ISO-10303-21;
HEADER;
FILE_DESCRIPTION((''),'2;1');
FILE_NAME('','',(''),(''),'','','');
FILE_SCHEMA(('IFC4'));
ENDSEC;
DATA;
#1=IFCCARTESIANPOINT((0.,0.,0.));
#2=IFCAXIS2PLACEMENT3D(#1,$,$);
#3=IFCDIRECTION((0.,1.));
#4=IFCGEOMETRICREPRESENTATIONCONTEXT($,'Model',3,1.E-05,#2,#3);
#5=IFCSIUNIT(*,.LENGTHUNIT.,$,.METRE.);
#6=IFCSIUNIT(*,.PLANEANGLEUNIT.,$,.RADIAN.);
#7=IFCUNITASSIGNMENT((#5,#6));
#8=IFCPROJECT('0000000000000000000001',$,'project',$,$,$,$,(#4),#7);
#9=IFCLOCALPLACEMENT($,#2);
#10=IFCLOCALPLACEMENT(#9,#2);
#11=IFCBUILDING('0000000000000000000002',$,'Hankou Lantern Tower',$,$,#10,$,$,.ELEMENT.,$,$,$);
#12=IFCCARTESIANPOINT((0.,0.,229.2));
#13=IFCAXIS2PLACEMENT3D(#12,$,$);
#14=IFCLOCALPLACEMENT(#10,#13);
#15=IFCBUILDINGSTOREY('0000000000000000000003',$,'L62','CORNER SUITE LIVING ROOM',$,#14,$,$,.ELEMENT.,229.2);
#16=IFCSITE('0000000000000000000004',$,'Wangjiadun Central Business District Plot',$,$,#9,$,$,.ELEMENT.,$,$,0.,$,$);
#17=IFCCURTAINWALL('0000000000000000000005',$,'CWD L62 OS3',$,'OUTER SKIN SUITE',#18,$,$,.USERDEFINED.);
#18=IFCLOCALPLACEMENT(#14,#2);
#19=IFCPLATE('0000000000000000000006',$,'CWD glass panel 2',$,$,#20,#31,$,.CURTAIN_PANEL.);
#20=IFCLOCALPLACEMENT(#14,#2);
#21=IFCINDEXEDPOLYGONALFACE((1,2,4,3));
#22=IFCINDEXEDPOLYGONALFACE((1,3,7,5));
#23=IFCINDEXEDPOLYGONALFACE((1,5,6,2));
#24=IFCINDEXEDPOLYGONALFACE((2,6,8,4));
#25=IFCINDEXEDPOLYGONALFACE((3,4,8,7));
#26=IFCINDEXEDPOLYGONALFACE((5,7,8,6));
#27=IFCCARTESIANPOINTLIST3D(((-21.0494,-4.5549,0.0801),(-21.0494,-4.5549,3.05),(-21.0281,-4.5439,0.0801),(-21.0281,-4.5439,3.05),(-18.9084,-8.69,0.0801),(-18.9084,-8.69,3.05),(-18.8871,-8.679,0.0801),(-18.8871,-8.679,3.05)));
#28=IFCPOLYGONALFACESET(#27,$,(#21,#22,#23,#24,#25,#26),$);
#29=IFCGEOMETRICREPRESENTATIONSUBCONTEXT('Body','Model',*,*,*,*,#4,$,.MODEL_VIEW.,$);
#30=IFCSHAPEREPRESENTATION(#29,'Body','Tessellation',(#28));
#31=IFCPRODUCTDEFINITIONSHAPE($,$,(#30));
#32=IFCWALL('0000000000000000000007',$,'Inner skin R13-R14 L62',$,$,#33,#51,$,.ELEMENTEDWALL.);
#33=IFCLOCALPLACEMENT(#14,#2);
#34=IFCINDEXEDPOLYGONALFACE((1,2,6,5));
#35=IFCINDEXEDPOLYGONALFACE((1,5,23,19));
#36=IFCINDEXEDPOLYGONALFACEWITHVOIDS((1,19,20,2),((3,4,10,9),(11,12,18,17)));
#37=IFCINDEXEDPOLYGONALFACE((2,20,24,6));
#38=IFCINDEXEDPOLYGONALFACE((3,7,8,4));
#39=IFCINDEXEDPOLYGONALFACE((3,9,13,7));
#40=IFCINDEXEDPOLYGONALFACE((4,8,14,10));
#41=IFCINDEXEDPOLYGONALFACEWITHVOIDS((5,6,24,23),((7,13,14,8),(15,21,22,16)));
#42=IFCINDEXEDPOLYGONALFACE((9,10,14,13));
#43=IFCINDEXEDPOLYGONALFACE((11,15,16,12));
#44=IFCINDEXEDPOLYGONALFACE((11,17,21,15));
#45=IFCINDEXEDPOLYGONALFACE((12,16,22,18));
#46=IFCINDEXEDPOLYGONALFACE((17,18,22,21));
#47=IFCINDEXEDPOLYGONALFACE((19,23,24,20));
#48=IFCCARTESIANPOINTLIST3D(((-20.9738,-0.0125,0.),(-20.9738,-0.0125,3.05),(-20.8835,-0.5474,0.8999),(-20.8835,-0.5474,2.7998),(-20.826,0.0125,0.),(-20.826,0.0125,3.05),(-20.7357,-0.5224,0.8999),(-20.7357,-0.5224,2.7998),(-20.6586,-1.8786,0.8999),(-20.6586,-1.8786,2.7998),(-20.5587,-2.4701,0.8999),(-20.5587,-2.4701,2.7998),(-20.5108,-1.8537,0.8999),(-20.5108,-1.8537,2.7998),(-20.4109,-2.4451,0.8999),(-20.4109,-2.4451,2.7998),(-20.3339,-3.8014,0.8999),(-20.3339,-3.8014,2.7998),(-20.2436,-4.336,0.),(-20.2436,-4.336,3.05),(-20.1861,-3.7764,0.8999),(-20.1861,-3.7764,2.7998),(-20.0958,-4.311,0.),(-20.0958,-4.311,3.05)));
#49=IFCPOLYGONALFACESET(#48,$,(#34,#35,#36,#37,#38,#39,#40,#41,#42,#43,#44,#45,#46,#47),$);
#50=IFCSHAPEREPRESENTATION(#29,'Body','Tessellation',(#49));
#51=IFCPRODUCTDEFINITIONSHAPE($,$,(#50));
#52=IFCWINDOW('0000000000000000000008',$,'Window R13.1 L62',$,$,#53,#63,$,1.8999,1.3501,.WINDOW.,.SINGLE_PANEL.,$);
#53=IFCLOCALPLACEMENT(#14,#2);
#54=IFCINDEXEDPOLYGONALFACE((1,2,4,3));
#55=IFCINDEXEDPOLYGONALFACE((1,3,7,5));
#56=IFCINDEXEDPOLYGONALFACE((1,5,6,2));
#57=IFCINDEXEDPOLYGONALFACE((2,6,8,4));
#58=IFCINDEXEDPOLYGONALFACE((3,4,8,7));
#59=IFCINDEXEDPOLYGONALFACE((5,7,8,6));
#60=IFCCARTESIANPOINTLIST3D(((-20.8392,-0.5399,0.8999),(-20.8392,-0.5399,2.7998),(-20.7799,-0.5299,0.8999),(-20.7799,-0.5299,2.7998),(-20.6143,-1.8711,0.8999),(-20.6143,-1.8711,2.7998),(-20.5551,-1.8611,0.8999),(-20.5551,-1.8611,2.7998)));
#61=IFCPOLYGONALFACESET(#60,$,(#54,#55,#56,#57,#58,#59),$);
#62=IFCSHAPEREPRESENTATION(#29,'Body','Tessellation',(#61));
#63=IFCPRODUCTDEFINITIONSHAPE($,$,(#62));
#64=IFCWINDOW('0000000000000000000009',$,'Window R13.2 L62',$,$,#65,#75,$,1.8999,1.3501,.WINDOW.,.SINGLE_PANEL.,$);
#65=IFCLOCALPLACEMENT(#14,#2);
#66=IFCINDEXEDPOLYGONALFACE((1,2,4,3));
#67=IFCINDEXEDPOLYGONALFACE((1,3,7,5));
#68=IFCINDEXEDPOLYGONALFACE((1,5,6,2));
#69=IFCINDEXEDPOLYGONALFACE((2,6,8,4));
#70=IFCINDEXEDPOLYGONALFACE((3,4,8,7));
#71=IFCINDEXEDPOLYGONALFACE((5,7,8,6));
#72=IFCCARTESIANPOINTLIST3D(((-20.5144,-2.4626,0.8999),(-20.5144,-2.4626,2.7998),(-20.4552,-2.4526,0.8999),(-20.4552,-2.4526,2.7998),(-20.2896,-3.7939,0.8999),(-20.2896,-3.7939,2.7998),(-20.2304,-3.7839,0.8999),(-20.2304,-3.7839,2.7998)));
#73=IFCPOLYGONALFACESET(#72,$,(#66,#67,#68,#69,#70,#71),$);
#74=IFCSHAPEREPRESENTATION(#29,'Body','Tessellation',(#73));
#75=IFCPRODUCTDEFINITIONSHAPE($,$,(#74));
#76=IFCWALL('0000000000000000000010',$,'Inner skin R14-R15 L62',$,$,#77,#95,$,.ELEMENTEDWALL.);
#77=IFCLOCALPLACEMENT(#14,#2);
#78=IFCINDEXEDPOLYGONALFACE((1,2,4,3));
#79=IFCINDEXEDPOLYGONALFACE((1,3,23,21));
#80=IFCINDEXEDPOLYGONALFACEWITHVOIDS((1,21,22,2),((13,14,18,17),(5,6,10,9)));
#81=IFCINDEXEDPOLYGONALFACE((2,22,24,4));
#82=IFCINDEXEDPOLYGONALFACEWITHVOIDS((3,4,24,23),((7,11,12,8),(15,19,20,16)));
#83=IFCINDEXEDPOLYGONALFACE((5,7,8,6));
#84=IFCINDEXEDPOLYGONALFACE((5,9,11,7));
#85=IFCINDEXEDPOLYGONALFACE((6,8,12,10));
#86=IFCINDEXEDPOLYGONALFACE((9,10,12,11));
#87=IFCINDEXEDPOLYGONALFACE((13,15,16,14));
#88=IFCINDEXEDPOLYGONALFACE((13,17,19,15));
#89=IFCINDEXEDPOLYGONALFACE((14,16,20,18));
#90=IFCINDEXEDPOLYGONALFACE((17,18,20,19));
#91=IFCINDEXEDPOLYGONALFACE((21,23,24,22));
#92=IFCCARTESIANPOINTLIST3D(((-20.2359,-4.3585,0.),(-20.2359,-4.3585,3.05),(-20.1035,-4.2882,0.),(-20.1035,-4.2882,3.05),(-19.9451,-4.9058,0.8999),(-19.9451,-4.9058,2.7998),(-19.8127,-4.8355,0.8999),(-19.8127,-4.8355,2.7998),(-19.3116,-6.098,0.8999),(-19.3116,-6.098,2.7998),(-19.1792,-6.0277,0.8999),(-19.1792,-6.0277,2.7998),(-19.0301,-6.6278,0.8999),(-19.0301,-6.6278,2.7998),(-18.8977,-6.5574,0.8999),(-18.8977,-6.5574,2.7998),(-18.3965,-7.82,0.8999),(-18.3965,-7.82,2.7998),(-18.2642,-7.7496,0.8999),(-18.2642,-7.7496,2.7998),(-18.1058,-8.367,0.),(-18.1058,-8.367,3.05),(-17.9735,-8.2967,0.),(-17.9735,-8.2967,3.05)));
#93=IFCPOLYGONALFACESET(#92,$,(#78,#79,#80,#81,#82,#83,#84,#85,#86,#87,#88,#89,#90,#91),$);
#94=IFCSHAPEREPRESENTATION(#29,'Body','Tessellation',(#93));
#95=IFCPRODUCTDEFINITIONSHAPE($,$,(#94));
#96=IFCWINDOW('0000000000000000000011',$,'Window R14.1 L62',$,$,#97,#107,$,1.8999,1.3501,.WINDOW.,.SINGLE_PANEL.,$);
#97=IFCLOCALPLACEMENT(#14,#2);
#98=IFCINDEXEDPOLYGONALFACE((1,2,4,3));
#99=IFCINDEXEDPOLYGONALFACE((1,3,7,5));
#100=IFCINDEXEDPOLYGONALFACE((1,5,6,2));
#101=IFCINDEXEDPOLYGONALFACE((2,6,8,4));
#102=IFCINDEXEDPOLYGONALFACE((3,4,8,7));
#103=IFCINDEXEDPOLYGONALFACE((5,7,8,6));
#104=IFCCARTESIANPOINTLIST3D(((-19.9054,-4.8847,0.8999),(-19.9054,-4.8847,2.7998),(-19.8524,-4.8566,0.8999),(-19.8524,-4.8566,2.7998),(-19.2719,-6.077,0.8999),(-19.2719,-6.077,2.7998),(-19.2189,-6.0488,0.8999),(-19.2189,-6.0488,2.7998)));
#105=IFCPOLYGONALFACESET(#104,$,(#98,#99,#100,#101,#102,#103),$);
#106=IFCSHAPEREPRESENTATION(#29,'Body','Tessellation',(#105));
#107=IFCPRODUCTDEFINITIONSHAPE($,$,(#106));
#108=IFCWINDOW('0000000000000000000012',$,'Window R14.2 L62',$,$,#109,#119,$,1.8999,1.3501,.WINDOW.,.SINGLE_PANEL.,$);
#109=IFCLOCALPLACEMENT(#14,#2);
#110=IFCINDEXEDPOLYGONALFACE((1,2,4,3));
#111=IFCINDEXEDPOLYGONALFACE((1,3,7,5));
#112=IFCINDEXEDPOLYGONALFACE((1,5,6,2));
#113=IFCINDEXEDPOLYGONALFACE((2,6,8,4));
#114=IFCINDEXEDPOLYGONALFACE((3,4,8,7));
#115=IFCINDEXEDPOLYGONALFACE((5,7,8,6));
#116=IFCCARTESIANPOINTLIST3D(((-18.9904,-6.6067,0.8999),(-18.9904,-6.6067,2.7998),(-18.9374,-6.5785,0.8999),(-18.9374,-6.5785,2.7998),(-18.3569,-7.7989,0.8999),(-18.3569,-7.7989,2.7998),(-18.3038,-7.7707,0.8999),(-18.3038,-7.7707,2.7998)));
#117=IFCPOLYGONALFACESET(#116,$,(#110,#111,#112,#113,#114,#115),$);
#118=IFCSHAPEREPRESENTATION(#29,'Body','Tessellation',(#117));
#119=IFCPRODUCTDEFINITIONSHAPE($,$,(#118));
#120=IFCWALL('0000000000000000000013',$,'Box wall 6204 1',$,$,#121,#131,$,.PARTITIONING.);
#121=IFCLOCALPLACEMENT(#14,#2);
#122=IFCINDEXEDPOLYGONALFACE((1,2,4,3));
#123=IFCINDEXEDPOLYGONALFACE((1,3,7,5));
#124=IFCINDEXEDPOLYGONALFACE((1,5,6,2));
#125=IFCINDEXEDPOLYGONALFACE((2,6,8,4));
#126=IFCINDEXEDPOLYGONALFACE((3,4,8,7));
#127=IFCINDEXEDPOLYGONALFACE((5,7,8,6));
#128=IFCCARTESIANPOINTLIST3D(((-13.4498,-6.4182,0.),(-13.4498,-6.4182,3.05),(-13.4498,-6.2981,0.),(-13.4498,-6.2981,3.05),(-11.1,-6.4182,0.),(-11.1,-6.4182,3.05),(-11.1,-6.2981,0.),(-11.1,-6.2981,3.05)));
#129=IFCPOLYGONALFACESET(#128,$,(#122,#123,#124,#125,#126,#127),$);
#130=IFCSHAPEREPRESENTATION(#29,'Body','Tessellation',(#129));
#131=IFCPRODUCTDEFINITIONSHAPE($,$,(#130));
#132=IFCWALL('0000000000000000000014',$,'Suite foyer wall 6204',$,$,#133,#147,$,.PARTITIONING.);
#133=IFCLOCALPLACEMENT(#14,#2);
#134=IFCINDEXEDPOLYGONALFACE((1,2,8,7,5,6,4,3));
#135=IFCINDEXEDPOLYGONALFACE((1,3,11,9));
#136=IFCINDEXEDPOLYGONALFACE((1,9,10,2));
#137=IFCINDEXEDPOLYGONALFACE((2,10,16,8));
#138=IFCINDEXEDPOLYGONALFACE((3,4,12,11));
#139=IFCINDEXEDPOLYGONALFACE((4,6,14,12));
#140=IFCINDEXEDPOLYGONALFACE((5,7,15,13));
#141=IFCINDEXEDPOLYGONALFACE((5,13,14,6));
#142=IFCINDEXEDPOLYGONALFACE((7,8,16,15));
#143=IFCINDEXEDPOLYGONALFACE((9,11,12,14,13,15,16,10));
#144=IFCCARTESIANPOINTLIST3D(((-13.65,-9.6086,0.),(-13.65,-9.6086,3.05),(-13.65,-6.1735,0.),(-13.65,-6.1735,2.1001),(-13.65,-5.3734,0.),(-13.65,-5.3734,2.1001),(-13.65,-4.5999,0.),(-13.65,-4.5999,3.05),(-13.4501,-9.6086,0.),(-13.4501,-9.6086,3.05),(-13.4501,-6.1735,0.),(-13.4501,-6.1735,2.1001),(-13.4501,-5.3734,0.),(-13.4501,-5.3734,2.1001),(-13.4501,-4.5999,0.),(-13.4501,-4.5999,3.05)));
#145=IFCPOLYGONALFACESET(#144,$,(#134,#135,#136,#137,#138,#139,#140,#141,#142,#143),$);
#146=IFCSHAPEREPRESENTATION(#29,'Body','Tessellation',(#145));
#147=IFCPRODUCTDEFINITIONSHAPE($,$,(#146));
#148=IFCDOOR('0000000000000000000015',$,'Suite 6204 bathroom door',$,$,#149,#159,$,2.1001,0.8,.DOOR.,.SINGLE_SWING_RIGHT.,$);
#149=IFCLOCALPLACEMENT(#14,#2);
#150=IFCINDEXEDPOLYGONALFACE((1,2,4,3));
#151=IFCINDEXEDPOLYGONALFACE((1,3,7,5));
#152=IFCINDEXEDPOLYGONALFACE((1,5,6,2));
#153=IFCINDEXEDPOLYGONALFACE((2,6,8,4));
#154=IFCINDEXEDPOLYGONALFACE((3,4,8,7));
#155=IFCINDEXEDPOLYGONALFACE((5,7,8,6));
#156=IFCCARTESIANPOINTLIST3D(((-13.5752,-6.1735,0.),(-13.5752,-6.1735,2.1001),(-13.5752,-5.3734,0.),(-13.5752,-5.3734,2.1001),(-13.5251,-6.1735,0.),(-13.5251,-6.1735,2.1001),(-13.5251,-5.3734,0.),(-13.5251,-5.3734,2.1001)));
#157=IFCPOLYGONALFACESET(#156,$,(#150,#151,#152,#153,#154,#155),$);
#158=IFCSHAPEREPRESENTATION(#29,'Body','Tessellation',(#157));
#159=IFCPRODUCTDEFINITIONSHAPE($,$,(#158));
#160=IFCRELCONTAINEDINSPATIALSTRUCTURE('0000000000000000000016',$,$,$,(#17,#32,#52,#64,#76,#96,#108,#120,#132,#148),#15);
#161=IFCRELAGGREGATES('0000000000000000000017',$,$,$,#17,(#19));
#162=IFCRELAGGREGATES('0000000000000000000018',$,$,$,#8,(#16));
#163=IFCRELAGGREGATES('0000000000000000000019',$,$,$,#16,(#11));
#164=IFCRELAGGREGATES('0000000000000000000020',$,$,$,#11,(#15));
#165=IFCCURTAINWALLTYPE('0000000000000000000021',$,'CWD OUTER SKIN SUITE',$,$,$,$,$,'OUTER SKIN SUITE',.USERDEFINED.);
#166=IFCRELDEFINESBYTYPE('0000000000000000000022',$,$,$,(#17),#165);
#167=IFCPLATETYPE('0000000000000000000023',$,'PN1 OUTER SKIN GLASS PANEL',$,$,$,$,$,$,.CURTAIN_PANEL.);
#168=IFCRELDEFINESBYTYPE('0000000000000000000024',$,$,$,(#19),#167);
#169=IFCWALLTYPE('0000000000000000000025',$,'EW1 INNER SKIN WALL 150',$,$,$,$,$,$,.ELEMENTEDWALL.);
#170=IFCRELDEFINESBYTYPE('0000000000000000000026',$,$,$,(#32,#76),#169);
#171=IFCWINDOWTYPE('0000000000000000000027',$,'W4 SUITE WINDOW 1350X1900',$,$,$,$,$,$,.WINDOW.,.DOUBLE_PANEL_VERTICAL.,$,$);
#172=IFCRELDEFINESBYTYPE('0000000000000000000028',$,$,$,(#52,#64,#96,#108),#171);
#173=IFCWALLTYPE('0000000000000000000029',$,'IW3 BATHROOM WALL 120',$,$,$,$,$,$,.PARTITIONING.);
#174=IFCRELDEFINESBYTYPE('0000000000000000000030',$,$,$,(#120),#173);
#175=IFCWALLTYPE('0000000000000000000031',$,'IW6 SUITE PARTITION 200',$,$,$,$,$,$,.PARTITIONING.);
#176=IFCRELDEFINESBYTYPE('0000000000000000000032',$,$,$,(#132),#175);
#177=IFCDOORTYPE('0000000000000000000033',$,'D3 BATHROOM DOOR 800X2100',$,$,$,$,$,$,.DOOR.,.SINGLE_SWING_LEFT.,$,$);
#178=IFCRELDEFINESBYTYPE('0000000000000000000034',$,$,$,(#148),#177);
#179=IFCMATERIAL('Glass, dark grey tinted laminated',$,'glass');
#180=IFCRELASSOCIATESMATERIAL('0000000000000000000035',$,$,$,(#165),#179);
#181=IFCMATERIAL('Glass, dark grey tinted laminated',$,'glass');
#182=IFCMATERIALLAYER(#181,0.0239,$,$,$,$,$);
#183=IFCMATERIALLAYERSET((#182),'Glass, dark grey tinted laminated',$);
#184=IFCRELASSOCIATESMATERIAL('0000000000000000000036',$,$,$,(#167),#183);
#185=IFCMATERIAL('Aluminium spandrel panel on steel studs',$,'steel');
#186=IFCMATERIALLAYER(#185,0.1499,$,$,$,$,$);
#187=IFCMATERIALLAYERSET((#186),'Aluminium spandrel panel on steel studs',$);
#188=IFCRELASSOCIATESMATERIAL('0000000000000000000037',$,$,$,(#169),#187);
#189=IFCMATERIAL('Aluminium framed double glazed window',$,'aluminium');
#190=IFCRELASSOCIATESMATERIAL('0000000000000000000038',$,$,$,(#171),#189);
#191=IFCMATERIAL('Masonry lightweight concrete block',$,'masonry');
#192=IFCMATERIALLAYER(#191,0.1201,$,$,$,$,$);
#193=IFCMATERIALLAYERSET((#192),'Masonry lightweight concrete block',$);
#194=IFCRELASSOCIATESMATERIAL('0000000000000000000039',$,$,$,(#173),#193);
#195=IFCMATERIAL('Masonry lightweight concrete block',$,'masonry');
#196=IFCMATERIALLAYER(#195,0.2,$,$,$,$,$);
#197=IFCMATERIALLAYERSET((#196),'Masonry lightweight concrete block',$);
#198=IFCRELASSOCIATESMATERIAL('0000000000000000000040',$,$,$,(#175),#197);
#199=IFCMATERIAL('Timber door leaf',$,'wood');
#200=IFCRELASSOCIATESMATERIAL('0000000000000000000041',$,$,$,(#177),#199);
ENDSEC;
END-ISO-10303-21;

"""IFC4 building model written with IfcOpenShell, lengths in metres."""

from ifc_helpers import new_model, si_unit, direction, frame, frame_2d, origin, origin_2d, place, context, subcontext, project, spatial, rectangle, extrude, material, layer, layer_set, type_object, element, fill, aggregate, save


model = new_model("IFC4")

# Units and contexts
model_context = context("Model", 3, precision=1e-05, world=origin(), true_north=direction((0.0, 1.0)))
body_context = subcontext(model_context, "Body", "Model", "MODEL_VIEW")
ifc_project = project(units=[si_unit("LENGTHUNIT", "METRE"), si_unit("PLANEANGLEUNIT", "RADIAN")], contexts=[model_context])

# Site, building, storey
site_placement = place(None, origin())
site = spatial("IfcSite", under=ifc_project, at=site_placement, Name="Wangjiadun Central Business District Plot", CompositionType="ELEMENT", RefElevation=0.0)
building_placement = place(site_placement, origin())
building = spatial("IfcBuilding", under=site, at=building_placement, Name="Hankou Lantern Tower", CompositionType="ELEMENT")
storey_placement = place(building_placement, frame((0.0, 0.0, 229.2)))
storey = spatial("IfcBuildingStorey", under=building, at=storey_placement, Name="L62", Description="CORNER SUITE LIVING ROOM", CompositionType="ELEMENT", Elevation=229.2)

# Curtain wall
ifc_material_1 = material(Name="Glass, dark grey tinted laminated", Category="glass")
curtain_wall_type = type_object("IfcCurtainWallType", Name="CWD OUTER SKIN SUITE", ElementType="OUTER SKIN SUITE", PredefinedType="USERDEFINED", material=ifc_material_1)
curtain_wall_placement = place(storey_placement, origin())
curtain_wall = element("IfcCurtainWall", 1, at=curtain_wall_placement, inside=storey, type_object=curtain_wall_type, Name="CWD L62 OS3", ObjectType="OUTER SKIN SUITE", PredefinedType="USERDEFINED")

# Plate
ifc_material_2 = material(Name="Glass, dark grey tinted laminated", Category="glass")
ifc_layer_1 = layer(ifc_material_2, 0.0239)
ifc_layer_set_1 = layer_set([ifc_layer_1], Name="Glass, dark grey tinted laminated")
plate_type = type_object("IfcPlateType", Name="PN1 OUTER SKIN GLASS PANEL", PredefinedType="CURTAIN_PANEL", material=ifc_layer_set_1)
plate_1_placement = place(storey_placement, frame((-19.9683, -6.6169, 0.0801), z_axis=(0.0, 0.0, 1.0), x_axis=(0.459791, -0.888027, 0.0)))
plate_1 = element("IfcPlate", 2, at=plate_1_placement, type_object=plate_type, Name="CWD glass panel 2", PredefinedType="CURTAIN_PANEL", context=body_context, shape_type="SweptSolid", body=[
    extrude(rectangle(XDim=4.6565, YDim=0.0239, at=origin_2d()), origin(), (0.0, 0.0, 1.0), 2.97),
])
aggregate(curtain_wall, [plate_1])

# Walls, openings, windows
ifc_material_3 = material(Name="Aluminium spandrel panel on steel studs", Category="steel")
ifc_layer_2 = layer(ifc_material_3, 0.1499)
ifc_layer_set_2 = layer_set([ifc_layer_2], Name="Aluminium spandrel panel on steel studs")
wall_type_1 = type_object("IfcWallType", Name="EW1 INNER SKIN WALL 150", PredefinedType="ELEMENTEDWALL", material=ifc_layer_set_2)
wall_1_placement = place(storey_placement, frame((-20.8999, 0.0, 0.0), z_axis=(0.0, 0.0, 1.0), x_axis=(0.166539, -0.986035, 0.0)))
wall_1 = element("IfcWall", 3, at=wall_1_placement, inside=storey, type_object=wall_type_1, Name="Inner skin R13-R14 L62", PredefinedType="ELEMENTEDWALL", context=body_context, shape_type="SweptSolid", body=[
    extrude(rectangle(XDim=4.3848, YDim=0.1499, at=frame_2d((2.1924, 0.0))), origin(), (0.0, 0.0, 1.0), 3.05),
])
opening_1_placement = place(wall_1_placement, frame((0.5425, 0.0, 0.8999)))
opening_1 = element("IfcOpeningElement", 4, at=opening_1_placement, cuts=wall_1, PredefinedType="OPENING", context=body_context, shape_type="SweptSolid", body=[
    extrude(rectangle(XDim=1.3501, YDim=1.8999, at=frame_2d((0.675, 0.95))), frame((0.0, 0.085, 0.0), z_axis=(0.0, -1.0, 0.0), x_axis=(1.0, 0.0, 0.0)), (0.0, 0.0, 1.0), 0.1699),
])
opening_2_placement = place(wall_1_placement, frame((2.4924, 0.0, 0.8999)))
opening_2 = element("IfcOpeningElement", 5, at=opening_2_placement, cuts=wall_1, PredefinedType="OPENING", context=body_context, shape_type="SweptSolid", body=[
    extrude(rectangle(XDim=1.3501, YDim=1.8999, at=frame_2d((0.675, 0.95))), frame((0.0, 0.085, 0.0), z_axis=(0.0, -1.0, 0.0), x_axis=(1.0, 0.0, 0.0)), (0.0, 0.0, 1.0), 0.1699),
])
ifc_material_4 = material(Name="Aluminium framed double glazed window", Category="aluminium")
window_type = type_object("IfcWindowType", Name="W4 SUITE WINDOW 1350X1900", PartitioningType="DOUBLE_PANEL_VERTICAL", PredefinedType="WINDOW", material=ifc_material_4)
window_1_placement = place(opening_1_placement, origin())
window_1 = element("IfcWindow", 6, at=window_1_placement, inside=storey, type_object=window_type, Name="Window R13.1 L62", OverallHeight=1.8999, OverallWidth=1.3501, PartitioningType="SINGLE_PANEL", PredefinedType="WINDOW", context=body_context, shape_type="SweptSolid", body=[
    extrude(rectangle(XDim=1.3501, YDim=1.8999, at=frame_2d((0.675, 0.95))), frame((0.0, 0.03, 0.0), z_axis=(0.0, -1.0, 0.0), x_axis=(1.0, 0.0, 0.0)), (0.0, 0.0, 1.0), 0.0601),
])
fill(opening_1, window_1)
window_2_placement = place(opening_2_placement, origin())
window_2 = element("IfcWindow", 7, at=window_2_placement, inside=storey, type_object=window_type, Name="Window R13.2 L62", OverallHeight=1.8999, OverallWidth=1.3501, PartitioningType="SINGLE_PANEL", PredefinedType="WINDOW", context=body_context, shape_type="SweptSolid", body=[
    extrude(rectangle(XDim=1.3501, YDim=1.8999, at=frame_2d((0.675, 0.95))), frame((0.0, 0.03, 0.0), z_axis=(0.0, -1.0, 0.0), x_axis=(1.0, 0.0, 0.0)), (0.0, 0.0, 1.0), 0.0601),
])
fill(opening_2, window_2)
wall_2_placement = place(storey_placement, frame((-20.1697, -4.3235, 0.0), z_axis=(0.0, 0.0, 1.0), x_axis=(0.469256, -0.883062, 0.0)))
wall_2 = element("IfcWall", 8, at=wall_2_placement, inside=storey, type_object=wall_type_1, Name="Inner skin R14-R15 L62", PredefinedType="ELEMENTEDWALL", context=body_context, shape_type="SweptSolid", body=[
    extrude(rectangle(XDim=4.5393, YDim=0.1499, at=frame_2d((2.2695, 0.0))), origin(), (0.0, 0.0, 1.0), 3.05),
])
opening_3_placement = place(wall_2_placement, frame((0.6196, 0.0, 0.8999)))
opening_3 = element("IfcOpeningElement", 9, at=opening_3_placement, cuts=wall_2, PredefinedType="OPENING", context=body_context, shape_type="SweptSolid", body=[
    extrude(rectangle(XDim=1.3501, YDim=1.8999, at=frame_2d((0.675, 0.95))), frame((0.0, 0.085, 0.0), z_axis=(0.0, -1.0, 0.0), x_axis=(1.0, 0.0, 0.0)), (0.0, 0.0, 1.0), 0.1699),
])
opening_4_placement = place(wall_2_placement, frame((2.5696, 0.0, 0.8999)))
opening_4 = element("IfcOpeningElement", 10, at=opening_4_placement, cuts=wall_2, PredefinedType="OPENING", context=body_context, shape_type="SweptSolid", body=[
    extrude(rectangle(XDim=1.3501, YDim=1.8999, at=frame_2d((0.675, 0.95))), frame((0.0, 0.085, 0.0), z_axis=(0.0, -1.0, 0.0), x_axis=(1.0, 0.0, 0.0)), (0.0, 0.0, 1.0), 0.1699),
])
window_3_placement = place(opening_3_placement, origin())
window_3 = element("IfcWindow", 11, at=window_3_placement, inside=storey, type_object=window_type, Name="Window R14.1 L62", OverallHeight=1.8999, OverallWidth=1.3501, PartitioningType="SINGLE_PANEL", PredefinedType="WINDOW", context=body_context, shape_type="SweptSolid", body=[
    extrude(rectangle(XDim=1.3501, YDim=1.8999, at=frame_2d((0.675, 0.95))), frame((0.0, 0.03, 0.0), z_axis=(0.0, -1.0, 0.0), x_axis=(1.0, 0.0, 0.0)), (0.0, 0.0, 1.0), 0.0601),
])
fill(opening_3, window_3)
window_4_placement = place(opening_4_placement, origin())
window_4 = element("IfcWindow", 12, at=window_4_placement, inside=storey, type_object=window_type, Name="Window R14.2 L62", OverallHeight=1.8999, OverallWidth=1.3501, PartitioningType="SINGLE_PANEL", PredefinedType="WINDOW", context=body_context, shape_type="SweptSolid", body=[
    extrude(rectangle(XDim=1.3501, YDim=1.8999, at=frame_2d((0.675, 0.95))), frame((0.0, 0.03, 0.0), z_axis=(0.0, -1.0, 0.0), x_axis=(1.0, 0.0, 0.0)), (0.0, 0.0, 1.0), 0.0601),
])
fill(opening_4, window_4)

# Wall
ifc_material_5 = material(Name="Masonry lightweight concrete block", Category="masonry")
ifc_layer_3 = layer(ifc_material_5, 0.1201)
ifc_layer_set_3 = layer_set([ifc_layer_3], Name="Masonry lightweight concrete block")
wall_type_2 = type_object("IfcWallType", Name="IW3 BATHROOM WALL 120", PredefinedType="PARTITIONING", material=ifc_layer_set_3)
wall_3_placement = place(storey_placement, frame((-11.1001, -6.3582, 0.0), z_axis=(0.0, 0.0, 1.0), x_axis=(-1.0, 0.0, 0.0)))
element("IfcWall", 13, at=wall_3_placement, inside=storey, type_object=wall_type_2, Name="Box wall 6204 1", PredefinedType="PARTITIONING", context=body_context, shape_type="SweptSolid", body=[
    extrude(rectangle(XDim=2.3499, YDim=0.1201, at=frame_2d((1.1748, 0.0))), origin(), (0.0, 0.0, 1.0), 3.05),
])

# Wall, opening, door
ifc_material_6 = material(Name="Masonry lightweight concrete block", Category="masonry")
ifc_layer_4 = layer(ifc_material_6, 0.2)
ifc_layer_set_4 = layer_set([ifc_layer_4], Name="Masonry lightweight concrete block")
wall_type_3 = type_object("IfcWallType", Name="IW6 SUITE PARTITION 200", PredefinedType="PARTITIONING", material=ifc_layer_set_4)
wall_4_placement = place(storey_placement, frame((-13.55, -4.5999, 0.0), z_axis=(0.0, 0.0, 1.0), x_axis=(0.0, -1.0, 0.0)))
wall_4 = element("IfcWall", 14, at=wall_4_placement, inside=storey, type_object=wall_type_3, Name="Suite foyer wall 6204", PredefinedType="PARTITIONING", context=body_context, shape_type="SweptSolid", body=[
    extrude(rectangle(XDim=5.0088, YDim=0.2, at=frame_2d((2.5044, 0.0))), origin(), (0.0, 0.0, 1.0), 3.05),
])
opening_5_placement = place(wall_4_placement, frame((0.7737, 0.0, 0.0)))
opening_5 = element("IfcOpeningElement", 15, at=opening_5_placement, cuts=wall_4, PredefinedType="OPENING", context=body_context, shape_type="SweptSolid", body=[
    extrude(rectangle(XDim=0.8, YDim=2.1001, at=frame_2d((0.3999, 1.05))), frame((0.0, 0.1099, 0.0), z_axis=(0.0, -1.0, 0.0), x_axis=(1.0, 0.0, 0.0)), (0.0, 0.0, 1.0), 0.22),
])
ifc_material_7 = material(Name="Timber door leaf", Category="wood")
door_type = type_object("IfcDoorType", Name="D3 BATHROOM DOOR 800X2100", OperationType="SINGLE_SWING_LEFT", PredefinedType="DOOR", material=ifc_material_7)
door_placement = place(opening_5_placement, origin())
door = element("IfcDoor", 16, at=door_placement, inside=storey, type_object=door_type, Name="Suite 6204 bathroom door", OperationType="SINGLE_SWING_RIGHT", OverallHeight=2.1001, OverallWidth=0.8, PredefinedType="DOOR", context=body_context, shape_type="SweptSolid", body=[
    extrude(rectangle(XDim=0.8, YDim=2.1001, at=frame_2d((0.3999, 1.05))), frame((0.0, 0.0249, 0.0), z_axis=(0.0, -1.0, 0.0), x_axis=(1.0, 0.0, 0.0)), (0.0, 0.0, 1.0), 0.05),
])
fill(opening_5, door)

save(model, "model.ifc")
